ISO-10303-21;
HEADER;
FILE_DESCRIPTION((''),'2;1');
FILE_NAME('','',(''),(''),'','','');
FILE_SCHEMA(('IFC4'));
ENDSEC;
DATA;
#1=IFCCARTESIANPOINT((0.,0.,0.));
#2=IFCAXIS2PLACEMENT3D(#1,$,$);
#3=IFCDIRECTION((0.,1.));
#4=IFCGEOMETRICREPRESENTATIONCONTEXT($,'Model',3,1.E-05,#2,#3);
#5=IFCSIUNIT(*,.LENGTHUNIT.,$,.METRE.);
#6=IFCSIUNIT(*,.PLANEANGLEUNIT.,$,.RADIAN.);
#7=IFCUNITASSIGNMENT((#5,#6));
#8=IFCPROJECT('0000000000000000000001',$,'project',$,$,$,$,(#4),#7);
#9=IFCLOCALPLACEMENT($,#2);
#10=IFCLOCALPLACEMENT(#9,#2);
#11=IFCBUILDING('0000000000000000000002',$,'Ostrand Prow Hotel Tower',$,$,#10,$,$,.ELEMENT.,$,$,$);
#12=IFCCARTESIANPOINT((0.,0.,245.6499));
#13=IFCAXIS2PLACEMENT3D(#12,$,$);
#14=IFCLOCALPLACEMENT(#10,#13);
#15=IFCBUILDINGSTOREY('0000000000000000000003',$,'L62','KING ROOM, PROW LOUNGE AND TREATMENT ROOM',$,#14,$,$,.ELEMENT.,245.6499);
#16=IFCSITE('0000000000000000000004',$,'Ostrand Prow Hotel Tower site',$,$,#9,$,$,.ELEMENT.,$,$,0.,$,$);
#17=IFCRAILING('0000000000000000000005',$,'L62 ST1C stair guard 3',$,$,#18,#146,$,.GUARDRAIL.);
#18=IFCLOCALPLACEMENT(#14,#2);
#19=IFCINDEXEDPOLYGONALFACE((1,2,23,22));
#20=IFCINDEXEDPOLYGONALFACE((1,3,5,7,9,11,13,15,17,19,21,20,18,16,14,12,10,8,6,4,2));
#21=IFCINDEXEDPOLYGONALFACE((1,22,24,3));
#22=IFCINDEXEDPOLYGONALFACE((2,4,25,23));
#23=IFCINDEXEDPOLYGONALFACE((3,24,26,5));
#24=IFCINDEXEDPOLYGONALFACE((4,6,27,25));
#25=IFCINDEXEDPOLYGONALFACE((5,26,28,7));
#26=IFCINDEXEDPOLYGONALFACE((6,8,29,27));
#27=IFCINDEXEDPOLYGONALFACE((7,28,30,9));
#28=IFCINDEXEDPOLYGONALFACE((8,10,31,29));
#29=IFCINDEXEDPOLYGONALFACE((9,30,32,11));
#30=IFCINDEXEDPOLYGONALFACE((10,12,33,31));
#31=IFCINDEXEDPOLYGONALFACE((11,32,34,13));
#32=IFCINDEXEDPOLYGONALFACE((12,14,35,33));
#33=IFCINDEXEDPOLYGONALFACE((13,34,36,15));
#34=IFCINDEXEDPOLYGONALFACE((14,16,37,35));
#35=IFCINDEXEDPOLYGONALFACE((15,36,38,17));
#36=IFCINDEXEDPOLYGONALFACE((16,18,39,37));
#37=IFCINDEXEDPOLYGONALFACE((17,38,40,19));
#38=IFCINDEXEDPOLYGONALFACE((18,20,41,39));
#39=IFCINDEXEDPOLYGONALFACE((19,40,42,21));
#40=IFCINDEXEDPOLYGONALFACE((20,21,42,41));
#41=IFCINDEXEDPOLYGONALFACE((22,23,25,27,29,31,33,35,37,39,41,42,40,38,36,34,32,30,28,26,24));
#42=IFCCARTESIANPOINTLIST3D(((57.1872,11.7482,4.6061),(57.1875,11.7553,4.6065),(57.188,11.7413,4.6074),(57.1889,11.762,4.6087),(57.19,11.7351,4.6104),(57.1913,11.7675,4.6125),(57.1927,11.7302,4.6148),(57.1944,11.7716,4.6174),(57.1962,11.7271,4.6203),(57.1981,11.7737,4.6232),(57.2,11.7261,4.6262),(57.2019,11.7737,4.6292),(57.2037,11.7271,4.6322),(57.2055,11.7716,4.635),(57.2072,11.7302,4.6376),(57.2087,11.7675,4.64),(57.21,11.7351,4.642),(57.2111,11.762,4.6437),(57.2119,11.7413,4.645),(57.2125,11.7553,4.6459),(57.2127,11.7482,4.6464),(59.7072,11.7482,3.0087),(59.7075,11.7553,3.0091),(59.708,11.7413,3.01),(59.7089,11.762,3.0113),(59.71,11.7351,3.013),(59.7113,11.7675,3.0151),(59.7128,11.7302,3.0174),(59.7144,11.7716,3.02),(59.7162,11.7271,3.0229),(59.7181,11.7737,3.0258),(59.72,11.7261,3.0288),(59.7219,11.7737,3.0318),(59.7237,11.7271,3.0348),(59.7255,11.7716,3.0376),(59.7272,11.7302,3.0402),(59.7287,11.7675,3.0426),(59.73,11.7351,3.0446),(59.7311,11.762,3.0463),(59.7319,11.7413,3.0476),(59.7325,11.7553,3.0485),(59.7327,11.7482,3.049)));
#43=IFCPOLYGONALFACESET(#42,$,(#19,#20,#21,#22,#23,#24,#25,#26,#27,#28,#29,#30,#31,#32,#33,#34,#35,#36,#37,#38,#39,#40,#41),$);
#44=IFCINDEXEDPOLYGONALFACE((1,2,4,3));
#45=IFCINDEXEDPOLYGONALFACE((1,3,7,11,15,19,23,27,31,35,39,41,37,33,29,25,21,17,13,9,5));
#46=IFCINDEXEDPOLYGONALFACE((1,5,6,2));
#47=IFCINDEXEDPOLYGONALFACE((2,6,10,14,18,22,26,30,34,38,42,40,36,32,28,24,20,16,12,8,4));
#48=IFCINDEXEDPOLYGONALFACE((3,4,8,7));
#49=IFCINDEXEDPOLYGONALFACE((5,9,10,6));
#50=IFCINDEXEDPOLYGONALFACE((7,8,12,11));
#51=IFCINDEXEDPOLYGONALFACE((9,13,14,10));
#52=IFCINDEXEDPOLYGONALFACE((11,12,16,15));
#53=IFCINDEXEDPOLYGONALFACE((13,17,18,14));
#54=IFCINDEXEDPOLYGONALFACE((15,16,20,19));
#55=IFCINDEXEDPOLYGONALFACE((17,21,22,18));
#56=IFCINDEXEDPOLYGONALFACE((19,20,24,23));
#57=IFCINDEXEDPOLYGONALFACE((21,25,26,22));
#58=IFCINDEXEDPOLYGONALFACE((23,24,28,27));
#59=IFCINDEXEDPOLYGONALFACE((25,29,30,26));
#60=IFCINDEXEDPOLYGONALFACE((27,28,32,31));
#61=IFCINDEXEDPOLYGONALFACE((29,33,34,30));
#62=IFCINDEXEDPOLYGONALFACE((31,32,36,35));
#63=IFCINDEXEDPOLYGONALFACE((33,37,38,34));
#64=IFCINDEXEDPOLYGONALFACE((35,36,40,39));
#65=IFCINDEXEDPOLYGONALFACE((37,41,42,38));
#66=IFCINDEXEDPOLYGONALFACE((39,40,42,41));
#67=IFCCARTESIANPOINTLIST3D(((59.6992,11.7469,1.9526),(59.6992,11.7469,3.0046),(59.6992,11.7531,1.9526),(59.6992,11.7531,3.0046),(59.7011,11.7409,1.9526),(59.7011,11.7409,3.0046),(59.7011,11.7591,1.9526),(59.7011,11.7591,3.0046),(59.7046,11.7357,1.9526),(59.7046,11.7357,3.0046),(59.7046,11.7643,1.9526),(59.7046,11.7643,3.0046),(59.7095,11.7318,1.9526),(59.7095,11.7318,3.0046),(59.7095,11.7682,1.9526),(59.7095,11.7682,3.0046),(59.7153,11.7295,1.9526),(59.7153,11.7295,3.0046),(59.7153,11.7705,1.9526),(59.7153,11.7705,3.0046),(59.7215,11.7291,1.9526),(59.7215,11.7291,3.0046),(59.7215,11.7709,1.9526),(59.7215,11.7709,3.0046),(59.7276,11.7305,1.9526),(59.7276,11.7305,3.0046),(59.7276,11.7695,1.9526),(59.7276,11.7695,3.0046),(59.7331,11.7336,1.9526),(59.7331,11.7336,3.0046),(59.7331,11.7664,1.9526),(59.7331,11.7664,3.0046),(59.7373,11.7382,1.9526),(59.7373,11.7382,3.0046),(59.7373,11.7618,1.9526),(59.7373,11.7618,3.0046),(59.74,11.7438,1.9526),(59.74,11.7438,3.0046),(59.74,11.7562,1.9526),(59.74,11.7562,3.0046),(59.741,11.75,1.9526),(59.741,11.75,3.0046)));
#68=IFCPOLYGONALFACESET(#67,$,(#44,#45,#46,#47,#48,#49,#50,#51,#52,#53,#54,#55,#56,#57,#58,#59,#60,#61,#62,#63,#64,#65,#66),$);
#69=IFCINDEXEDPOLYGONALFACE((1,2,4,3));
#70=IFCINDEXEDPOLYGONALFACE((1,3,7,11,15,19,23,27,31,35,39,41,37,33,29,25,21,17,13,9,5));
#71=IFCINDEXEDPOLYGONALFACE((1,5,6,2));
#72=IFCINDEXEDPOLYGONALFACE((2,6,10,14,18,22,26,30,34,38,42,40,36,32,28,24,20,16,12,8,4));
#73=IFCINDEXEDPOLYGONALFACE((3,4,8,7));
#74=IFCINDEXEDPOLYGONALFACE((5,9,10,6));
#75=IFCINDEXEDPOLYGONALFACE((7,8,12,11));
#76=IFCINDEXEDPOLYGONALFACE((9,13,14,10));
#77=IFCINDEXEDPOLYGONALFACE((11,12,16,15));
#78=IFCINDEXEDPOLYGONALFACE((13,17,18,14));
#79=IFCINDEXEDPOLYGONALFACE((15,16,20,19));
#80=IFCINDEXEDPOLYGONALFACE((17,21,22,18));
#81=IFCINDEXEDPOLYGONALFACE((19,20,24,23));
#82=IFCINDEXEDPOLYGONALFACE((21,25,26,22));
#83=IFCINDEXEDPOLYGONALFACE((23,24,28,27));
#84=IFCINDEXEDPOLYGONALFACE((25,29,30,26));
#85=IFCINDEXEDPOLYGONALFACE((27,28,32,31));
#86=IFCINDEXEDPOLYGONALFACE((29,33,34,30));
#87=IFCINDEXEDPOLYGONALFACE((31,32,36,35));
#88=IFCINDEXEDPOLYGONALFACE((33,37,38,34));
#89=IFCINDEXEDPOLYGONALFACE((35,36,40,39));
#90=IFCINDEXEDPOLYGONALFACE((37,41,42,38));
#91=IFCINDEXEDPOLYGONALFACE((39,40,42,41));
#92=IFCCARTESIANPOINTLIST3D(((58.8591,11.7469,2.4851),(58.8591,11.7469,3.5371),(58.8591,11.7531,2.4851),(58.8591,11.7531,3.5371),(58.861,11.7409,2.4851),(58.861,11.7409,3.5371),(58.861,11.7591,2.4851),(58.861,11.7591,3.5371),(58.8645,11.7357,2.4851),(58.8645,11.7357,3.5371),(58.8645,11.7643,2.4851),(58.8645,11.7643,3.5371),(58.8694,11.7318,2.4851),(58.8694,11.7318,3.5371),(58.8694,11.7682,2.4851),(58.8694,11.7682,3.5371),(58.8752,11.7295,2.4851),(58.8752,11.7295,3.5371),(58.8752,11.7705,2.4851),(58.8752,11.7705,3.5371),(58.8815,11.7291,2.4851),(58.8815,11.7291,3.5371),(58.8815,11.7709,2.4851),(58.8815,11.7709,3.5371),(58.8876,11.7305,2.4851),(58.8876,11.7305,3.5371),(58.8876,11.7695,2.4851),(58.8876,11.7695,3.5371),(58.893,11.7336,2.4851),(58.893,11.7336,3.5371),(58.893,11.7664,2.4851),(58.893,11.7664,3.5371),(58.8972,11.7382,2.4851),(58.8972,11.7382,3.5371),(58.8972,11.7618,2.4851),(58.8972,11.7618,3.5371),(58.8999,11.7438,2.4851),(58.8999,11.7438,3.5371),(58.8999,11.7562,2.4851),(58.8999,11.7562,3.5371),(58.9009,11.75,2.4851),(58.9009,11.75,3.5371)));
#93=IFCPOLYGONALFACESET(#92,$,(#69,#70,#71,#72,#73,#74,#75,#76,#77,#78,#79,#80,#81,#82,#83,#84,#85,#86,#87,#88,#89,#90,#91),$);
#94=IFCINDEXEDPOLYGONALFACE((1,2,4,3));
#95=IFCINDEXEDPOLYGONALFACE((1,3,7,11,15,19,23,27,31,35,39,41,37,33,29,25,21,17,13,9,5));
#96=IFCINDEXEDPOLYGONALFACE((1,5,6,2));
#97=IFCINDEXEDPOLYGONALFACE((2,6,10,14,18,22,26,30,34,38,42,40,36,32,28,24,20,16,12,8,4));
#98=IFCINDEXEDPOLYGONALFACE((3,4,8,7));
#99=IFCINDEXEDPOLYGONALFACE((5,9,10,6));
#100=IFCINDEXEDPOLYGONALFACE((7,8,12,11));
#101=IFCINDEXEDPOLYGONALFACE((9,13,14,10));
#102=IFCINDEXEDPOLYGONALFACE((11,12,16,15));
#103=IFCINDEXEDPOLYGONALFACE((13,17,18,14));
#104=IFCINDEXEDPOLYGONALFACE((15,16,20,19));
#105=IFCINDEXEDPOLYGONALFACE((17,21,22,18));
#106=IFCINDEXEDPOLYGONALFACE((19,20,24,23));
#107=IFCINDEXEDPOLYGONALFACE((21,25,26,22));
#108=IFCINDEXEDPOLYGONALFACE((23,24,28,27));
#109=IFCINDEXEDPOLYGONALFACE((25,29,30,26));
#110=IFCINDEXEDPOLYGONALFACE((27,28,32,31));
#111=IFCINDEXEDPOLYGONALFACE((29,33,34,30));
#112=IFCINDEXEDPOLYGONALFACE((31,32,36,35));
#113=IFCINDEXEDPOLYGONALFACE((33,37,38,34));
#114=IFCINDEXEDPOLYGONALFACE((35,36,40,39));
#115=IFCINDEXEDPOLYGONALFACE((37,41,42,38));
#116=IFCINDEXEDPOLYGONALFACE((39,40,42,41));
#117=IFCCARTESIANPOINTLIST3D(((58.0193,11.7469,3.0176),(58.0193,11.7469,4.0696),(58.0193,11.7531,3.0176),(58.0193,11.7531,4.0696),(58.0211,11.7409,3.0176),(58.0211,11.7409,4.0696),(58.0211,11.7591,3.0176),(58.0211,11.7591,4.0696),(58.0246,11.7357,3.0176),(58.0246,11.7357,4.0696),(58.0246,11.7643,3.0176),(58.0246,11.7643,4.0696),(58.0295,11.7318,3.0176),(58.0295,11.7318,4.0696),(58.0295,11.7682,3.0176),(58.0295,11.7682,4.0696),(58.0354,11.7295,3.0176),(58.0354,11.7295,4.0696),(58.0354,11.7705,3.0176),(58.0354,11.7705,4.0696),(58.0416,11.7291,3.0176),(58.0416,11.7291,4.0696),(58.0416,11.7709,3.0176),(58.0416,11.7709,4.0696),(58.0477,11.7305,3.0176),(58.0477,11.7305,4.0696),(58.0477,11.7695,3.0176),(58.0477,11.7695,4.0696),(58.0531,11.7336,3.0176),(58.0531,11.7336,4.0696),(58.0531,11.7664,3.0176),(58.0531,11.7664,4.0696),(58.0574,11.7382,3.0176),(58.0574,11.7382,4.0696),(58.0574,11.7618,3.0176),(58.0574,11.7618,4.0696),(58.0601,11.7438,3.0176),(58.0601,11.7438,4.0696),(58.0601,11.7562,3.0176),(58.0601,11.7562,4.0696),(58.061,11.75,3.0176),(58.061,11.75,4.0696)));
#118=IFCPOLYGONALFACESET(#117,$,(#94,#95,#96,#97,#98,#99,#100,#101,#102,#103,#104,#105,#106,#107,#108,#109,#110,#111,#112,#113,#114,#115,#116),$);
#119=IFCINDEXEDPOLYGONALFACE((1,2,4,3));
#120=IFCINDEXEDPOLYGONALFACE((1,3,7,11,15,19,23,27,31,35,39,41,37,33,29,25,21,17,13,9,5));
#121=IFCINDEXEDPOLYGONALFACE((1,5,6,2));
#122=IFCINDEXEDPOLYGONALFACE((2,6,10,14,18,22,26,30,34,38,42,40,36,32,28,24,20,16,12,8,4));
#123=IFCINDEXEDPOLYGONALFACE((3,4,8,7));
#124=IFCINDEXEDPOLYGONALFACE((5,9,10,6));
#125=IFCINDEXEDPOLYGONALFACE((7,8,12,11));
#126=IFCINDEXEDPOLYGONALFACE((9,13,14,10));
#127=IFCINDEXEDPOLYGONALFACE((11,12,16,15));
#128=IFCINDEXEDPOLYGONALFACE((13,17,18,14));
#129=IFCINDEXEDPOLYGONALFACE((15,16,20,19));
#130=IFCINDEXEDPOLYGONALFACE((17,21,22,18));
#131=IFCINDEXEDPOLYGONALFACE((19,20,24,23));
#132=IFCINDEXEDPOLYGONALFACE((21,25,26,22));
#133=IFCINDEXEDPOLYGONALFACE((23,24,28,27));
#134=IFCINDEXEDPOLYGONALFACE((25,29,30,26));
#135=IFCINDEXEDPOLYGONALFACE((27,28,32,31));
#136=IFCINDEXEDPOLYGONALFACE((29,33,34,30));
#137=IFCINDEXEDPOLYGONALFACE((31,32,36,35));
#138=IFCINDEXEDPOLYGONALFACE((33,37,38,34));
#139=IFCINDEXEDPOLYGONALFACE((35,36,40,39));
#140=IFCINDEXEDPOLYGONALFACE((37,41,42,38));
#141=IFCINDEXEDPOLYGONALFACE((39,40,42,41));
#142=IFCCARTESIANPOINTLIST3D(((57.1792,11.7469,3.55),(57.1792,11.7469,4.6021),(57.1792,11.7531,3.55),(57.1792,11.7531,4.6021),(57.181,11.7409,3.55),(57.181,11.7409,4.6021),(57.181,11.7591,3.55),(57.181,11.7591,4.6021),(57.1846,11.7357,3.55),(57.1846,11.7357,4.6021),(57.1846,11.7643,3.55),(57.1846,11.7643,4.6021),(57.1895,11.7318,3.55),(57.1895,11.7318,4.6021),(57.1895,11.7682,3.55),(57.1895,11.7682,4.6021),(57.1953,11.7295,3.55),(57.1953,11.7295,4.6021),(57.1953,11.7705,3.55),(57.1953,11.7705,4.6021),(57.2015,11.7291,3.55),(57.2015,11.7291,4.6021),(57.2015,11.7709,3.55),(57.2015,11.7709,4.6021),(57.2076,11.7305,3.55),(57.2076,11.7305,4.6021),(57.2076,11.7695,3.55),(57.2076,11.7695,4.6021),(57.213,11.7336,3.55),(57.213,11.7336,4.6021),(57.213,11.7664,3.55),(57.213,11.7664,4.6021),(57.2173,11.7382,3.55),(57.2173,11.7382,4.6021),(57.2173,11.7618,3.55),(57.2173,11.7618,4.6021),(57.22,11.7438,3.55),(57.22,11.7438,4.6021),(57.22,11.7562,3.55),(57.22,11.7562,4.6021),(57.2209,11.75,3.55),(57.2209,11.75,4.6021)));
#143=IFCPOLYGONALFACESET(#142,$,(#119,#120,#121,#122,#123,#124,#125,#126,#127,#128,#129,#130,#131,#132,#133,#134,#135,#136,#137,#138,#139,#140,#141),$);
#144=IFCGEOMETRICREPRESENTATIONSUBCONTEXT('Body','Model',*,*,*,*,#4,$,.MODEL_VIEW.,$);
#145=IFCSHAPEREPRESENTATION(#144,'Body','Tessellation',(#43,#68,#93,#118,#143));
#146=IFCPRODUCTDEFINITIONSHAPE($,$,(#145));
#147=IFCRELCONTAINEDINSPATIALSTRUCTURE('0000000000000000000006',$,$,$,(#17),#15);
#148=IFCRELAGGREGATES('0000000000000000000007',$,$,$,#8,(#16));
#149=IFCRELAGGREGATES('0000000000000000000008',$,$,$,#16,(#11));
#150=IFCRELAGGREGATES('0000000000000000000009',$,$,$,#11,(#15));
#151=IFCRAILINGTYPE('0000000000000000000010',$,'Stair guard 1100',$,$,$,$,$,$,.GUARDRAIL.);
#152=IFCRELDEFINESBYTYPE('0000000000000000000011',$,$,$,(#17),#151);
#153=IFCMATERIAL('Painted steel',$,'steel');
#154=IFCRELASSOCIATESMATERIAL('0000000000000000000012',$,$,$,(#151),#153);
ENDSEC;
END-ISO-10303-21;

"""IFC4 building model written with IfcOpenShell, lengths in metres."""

from ifc_helpers import new_model, si_unit, direction, frame, origin, origin_2d, place, context, subcontext, project, spatial, circle, extrude, material, type_object, element, save


model = new_model("IFC4")

# Units and contexts
model_context = context("Model", 3, precision=1e-05, world=origin(), true_north=direction((0.0, 1.0)))
body_context = subcontext(model_context, "Body", "Model", "MODEL_VIEW")
ifc_project = project(units=[si_unit("LENGTHUNIT", "METRE"), si_unit("PLANEANGLEUNIT", "RADIAN")], contexts=[model_context])

# Site, building, storey
site_placement = place(None, origin())
site = spatial("IfcSite", under=ifc_project, at=site_placement, Name="Ostrand Prow Hotel Tower site", CompositionType="ELEMENT", RefElevation=0.0)
building_placement = place(site_placement, origin())
building = spatial("IfcBuilding", under=site, at=building_placement, Name="Ostrand Prow Hotel Tower", CompositionType="ELEMENT")
storey_placement = place(building_placement, frame((0.0, 0.0, 245.6499)))
storey = spatial("IfcBuildingStorey", under=building, at=storey_placement, Name="L62", Description="KING ROOM, PROW LOUNGE AND TREATMENT ROOM", CompositionType="ELEMENT", Elevation=245.6499)

# Railing
ifc_material_1 = material(Name="Painted steel", Category="steel")
railing_type_1 = type_object("IfcRailingType", Name="Stair guard 1100", PredefinedType="GUARDRAIL", material=ifc_material_1)
railing_1_placement = place(storey_placement, frame((59.72, 11.75, 1.9526)))
element("IfcRailing", 1, at=railing_1_placement, inside=storey, type_object=railing_type_1, Name="L62 ST1C stair guard 3", PredefinedType="GUARDRAIL", context=body_context, shape_type="SweptSolid", body=[
    extrude(circle(Radius=0.0239, at=origin_2d()), frame((0.0, 0.0, 1.0762), z_axis=(-0.844607, 0.0, 0.535387), x_axis=(0.0, -1.0, 0.0)), (0.0, 0.0, 1.0), 2.9836),
    extrude(circle(Radius=0.021, at=origin_2d()), origin(), (0.0, 0.0, 1.0), 1.052),
    extrude(circle(Radius=0.021, at=origin_2d()), frame((-0.8401, 0.0, 0.5325)), (0.0, 0.0, 1.0), 1.052),
    extrude(circle(Radius=0.021, at=origin_2d()), frame((-1.6799, 0.0, 1.0649)), (0.0, 0.0, 1.0), 1.052),
    extrude(circle(Radius=0.021, at=origin_2d()), frame((-2.52, 0.0, 1.5974)), (0.0, 0.0, 1.0), 1.052),
])

save(model, "model.ifc")
